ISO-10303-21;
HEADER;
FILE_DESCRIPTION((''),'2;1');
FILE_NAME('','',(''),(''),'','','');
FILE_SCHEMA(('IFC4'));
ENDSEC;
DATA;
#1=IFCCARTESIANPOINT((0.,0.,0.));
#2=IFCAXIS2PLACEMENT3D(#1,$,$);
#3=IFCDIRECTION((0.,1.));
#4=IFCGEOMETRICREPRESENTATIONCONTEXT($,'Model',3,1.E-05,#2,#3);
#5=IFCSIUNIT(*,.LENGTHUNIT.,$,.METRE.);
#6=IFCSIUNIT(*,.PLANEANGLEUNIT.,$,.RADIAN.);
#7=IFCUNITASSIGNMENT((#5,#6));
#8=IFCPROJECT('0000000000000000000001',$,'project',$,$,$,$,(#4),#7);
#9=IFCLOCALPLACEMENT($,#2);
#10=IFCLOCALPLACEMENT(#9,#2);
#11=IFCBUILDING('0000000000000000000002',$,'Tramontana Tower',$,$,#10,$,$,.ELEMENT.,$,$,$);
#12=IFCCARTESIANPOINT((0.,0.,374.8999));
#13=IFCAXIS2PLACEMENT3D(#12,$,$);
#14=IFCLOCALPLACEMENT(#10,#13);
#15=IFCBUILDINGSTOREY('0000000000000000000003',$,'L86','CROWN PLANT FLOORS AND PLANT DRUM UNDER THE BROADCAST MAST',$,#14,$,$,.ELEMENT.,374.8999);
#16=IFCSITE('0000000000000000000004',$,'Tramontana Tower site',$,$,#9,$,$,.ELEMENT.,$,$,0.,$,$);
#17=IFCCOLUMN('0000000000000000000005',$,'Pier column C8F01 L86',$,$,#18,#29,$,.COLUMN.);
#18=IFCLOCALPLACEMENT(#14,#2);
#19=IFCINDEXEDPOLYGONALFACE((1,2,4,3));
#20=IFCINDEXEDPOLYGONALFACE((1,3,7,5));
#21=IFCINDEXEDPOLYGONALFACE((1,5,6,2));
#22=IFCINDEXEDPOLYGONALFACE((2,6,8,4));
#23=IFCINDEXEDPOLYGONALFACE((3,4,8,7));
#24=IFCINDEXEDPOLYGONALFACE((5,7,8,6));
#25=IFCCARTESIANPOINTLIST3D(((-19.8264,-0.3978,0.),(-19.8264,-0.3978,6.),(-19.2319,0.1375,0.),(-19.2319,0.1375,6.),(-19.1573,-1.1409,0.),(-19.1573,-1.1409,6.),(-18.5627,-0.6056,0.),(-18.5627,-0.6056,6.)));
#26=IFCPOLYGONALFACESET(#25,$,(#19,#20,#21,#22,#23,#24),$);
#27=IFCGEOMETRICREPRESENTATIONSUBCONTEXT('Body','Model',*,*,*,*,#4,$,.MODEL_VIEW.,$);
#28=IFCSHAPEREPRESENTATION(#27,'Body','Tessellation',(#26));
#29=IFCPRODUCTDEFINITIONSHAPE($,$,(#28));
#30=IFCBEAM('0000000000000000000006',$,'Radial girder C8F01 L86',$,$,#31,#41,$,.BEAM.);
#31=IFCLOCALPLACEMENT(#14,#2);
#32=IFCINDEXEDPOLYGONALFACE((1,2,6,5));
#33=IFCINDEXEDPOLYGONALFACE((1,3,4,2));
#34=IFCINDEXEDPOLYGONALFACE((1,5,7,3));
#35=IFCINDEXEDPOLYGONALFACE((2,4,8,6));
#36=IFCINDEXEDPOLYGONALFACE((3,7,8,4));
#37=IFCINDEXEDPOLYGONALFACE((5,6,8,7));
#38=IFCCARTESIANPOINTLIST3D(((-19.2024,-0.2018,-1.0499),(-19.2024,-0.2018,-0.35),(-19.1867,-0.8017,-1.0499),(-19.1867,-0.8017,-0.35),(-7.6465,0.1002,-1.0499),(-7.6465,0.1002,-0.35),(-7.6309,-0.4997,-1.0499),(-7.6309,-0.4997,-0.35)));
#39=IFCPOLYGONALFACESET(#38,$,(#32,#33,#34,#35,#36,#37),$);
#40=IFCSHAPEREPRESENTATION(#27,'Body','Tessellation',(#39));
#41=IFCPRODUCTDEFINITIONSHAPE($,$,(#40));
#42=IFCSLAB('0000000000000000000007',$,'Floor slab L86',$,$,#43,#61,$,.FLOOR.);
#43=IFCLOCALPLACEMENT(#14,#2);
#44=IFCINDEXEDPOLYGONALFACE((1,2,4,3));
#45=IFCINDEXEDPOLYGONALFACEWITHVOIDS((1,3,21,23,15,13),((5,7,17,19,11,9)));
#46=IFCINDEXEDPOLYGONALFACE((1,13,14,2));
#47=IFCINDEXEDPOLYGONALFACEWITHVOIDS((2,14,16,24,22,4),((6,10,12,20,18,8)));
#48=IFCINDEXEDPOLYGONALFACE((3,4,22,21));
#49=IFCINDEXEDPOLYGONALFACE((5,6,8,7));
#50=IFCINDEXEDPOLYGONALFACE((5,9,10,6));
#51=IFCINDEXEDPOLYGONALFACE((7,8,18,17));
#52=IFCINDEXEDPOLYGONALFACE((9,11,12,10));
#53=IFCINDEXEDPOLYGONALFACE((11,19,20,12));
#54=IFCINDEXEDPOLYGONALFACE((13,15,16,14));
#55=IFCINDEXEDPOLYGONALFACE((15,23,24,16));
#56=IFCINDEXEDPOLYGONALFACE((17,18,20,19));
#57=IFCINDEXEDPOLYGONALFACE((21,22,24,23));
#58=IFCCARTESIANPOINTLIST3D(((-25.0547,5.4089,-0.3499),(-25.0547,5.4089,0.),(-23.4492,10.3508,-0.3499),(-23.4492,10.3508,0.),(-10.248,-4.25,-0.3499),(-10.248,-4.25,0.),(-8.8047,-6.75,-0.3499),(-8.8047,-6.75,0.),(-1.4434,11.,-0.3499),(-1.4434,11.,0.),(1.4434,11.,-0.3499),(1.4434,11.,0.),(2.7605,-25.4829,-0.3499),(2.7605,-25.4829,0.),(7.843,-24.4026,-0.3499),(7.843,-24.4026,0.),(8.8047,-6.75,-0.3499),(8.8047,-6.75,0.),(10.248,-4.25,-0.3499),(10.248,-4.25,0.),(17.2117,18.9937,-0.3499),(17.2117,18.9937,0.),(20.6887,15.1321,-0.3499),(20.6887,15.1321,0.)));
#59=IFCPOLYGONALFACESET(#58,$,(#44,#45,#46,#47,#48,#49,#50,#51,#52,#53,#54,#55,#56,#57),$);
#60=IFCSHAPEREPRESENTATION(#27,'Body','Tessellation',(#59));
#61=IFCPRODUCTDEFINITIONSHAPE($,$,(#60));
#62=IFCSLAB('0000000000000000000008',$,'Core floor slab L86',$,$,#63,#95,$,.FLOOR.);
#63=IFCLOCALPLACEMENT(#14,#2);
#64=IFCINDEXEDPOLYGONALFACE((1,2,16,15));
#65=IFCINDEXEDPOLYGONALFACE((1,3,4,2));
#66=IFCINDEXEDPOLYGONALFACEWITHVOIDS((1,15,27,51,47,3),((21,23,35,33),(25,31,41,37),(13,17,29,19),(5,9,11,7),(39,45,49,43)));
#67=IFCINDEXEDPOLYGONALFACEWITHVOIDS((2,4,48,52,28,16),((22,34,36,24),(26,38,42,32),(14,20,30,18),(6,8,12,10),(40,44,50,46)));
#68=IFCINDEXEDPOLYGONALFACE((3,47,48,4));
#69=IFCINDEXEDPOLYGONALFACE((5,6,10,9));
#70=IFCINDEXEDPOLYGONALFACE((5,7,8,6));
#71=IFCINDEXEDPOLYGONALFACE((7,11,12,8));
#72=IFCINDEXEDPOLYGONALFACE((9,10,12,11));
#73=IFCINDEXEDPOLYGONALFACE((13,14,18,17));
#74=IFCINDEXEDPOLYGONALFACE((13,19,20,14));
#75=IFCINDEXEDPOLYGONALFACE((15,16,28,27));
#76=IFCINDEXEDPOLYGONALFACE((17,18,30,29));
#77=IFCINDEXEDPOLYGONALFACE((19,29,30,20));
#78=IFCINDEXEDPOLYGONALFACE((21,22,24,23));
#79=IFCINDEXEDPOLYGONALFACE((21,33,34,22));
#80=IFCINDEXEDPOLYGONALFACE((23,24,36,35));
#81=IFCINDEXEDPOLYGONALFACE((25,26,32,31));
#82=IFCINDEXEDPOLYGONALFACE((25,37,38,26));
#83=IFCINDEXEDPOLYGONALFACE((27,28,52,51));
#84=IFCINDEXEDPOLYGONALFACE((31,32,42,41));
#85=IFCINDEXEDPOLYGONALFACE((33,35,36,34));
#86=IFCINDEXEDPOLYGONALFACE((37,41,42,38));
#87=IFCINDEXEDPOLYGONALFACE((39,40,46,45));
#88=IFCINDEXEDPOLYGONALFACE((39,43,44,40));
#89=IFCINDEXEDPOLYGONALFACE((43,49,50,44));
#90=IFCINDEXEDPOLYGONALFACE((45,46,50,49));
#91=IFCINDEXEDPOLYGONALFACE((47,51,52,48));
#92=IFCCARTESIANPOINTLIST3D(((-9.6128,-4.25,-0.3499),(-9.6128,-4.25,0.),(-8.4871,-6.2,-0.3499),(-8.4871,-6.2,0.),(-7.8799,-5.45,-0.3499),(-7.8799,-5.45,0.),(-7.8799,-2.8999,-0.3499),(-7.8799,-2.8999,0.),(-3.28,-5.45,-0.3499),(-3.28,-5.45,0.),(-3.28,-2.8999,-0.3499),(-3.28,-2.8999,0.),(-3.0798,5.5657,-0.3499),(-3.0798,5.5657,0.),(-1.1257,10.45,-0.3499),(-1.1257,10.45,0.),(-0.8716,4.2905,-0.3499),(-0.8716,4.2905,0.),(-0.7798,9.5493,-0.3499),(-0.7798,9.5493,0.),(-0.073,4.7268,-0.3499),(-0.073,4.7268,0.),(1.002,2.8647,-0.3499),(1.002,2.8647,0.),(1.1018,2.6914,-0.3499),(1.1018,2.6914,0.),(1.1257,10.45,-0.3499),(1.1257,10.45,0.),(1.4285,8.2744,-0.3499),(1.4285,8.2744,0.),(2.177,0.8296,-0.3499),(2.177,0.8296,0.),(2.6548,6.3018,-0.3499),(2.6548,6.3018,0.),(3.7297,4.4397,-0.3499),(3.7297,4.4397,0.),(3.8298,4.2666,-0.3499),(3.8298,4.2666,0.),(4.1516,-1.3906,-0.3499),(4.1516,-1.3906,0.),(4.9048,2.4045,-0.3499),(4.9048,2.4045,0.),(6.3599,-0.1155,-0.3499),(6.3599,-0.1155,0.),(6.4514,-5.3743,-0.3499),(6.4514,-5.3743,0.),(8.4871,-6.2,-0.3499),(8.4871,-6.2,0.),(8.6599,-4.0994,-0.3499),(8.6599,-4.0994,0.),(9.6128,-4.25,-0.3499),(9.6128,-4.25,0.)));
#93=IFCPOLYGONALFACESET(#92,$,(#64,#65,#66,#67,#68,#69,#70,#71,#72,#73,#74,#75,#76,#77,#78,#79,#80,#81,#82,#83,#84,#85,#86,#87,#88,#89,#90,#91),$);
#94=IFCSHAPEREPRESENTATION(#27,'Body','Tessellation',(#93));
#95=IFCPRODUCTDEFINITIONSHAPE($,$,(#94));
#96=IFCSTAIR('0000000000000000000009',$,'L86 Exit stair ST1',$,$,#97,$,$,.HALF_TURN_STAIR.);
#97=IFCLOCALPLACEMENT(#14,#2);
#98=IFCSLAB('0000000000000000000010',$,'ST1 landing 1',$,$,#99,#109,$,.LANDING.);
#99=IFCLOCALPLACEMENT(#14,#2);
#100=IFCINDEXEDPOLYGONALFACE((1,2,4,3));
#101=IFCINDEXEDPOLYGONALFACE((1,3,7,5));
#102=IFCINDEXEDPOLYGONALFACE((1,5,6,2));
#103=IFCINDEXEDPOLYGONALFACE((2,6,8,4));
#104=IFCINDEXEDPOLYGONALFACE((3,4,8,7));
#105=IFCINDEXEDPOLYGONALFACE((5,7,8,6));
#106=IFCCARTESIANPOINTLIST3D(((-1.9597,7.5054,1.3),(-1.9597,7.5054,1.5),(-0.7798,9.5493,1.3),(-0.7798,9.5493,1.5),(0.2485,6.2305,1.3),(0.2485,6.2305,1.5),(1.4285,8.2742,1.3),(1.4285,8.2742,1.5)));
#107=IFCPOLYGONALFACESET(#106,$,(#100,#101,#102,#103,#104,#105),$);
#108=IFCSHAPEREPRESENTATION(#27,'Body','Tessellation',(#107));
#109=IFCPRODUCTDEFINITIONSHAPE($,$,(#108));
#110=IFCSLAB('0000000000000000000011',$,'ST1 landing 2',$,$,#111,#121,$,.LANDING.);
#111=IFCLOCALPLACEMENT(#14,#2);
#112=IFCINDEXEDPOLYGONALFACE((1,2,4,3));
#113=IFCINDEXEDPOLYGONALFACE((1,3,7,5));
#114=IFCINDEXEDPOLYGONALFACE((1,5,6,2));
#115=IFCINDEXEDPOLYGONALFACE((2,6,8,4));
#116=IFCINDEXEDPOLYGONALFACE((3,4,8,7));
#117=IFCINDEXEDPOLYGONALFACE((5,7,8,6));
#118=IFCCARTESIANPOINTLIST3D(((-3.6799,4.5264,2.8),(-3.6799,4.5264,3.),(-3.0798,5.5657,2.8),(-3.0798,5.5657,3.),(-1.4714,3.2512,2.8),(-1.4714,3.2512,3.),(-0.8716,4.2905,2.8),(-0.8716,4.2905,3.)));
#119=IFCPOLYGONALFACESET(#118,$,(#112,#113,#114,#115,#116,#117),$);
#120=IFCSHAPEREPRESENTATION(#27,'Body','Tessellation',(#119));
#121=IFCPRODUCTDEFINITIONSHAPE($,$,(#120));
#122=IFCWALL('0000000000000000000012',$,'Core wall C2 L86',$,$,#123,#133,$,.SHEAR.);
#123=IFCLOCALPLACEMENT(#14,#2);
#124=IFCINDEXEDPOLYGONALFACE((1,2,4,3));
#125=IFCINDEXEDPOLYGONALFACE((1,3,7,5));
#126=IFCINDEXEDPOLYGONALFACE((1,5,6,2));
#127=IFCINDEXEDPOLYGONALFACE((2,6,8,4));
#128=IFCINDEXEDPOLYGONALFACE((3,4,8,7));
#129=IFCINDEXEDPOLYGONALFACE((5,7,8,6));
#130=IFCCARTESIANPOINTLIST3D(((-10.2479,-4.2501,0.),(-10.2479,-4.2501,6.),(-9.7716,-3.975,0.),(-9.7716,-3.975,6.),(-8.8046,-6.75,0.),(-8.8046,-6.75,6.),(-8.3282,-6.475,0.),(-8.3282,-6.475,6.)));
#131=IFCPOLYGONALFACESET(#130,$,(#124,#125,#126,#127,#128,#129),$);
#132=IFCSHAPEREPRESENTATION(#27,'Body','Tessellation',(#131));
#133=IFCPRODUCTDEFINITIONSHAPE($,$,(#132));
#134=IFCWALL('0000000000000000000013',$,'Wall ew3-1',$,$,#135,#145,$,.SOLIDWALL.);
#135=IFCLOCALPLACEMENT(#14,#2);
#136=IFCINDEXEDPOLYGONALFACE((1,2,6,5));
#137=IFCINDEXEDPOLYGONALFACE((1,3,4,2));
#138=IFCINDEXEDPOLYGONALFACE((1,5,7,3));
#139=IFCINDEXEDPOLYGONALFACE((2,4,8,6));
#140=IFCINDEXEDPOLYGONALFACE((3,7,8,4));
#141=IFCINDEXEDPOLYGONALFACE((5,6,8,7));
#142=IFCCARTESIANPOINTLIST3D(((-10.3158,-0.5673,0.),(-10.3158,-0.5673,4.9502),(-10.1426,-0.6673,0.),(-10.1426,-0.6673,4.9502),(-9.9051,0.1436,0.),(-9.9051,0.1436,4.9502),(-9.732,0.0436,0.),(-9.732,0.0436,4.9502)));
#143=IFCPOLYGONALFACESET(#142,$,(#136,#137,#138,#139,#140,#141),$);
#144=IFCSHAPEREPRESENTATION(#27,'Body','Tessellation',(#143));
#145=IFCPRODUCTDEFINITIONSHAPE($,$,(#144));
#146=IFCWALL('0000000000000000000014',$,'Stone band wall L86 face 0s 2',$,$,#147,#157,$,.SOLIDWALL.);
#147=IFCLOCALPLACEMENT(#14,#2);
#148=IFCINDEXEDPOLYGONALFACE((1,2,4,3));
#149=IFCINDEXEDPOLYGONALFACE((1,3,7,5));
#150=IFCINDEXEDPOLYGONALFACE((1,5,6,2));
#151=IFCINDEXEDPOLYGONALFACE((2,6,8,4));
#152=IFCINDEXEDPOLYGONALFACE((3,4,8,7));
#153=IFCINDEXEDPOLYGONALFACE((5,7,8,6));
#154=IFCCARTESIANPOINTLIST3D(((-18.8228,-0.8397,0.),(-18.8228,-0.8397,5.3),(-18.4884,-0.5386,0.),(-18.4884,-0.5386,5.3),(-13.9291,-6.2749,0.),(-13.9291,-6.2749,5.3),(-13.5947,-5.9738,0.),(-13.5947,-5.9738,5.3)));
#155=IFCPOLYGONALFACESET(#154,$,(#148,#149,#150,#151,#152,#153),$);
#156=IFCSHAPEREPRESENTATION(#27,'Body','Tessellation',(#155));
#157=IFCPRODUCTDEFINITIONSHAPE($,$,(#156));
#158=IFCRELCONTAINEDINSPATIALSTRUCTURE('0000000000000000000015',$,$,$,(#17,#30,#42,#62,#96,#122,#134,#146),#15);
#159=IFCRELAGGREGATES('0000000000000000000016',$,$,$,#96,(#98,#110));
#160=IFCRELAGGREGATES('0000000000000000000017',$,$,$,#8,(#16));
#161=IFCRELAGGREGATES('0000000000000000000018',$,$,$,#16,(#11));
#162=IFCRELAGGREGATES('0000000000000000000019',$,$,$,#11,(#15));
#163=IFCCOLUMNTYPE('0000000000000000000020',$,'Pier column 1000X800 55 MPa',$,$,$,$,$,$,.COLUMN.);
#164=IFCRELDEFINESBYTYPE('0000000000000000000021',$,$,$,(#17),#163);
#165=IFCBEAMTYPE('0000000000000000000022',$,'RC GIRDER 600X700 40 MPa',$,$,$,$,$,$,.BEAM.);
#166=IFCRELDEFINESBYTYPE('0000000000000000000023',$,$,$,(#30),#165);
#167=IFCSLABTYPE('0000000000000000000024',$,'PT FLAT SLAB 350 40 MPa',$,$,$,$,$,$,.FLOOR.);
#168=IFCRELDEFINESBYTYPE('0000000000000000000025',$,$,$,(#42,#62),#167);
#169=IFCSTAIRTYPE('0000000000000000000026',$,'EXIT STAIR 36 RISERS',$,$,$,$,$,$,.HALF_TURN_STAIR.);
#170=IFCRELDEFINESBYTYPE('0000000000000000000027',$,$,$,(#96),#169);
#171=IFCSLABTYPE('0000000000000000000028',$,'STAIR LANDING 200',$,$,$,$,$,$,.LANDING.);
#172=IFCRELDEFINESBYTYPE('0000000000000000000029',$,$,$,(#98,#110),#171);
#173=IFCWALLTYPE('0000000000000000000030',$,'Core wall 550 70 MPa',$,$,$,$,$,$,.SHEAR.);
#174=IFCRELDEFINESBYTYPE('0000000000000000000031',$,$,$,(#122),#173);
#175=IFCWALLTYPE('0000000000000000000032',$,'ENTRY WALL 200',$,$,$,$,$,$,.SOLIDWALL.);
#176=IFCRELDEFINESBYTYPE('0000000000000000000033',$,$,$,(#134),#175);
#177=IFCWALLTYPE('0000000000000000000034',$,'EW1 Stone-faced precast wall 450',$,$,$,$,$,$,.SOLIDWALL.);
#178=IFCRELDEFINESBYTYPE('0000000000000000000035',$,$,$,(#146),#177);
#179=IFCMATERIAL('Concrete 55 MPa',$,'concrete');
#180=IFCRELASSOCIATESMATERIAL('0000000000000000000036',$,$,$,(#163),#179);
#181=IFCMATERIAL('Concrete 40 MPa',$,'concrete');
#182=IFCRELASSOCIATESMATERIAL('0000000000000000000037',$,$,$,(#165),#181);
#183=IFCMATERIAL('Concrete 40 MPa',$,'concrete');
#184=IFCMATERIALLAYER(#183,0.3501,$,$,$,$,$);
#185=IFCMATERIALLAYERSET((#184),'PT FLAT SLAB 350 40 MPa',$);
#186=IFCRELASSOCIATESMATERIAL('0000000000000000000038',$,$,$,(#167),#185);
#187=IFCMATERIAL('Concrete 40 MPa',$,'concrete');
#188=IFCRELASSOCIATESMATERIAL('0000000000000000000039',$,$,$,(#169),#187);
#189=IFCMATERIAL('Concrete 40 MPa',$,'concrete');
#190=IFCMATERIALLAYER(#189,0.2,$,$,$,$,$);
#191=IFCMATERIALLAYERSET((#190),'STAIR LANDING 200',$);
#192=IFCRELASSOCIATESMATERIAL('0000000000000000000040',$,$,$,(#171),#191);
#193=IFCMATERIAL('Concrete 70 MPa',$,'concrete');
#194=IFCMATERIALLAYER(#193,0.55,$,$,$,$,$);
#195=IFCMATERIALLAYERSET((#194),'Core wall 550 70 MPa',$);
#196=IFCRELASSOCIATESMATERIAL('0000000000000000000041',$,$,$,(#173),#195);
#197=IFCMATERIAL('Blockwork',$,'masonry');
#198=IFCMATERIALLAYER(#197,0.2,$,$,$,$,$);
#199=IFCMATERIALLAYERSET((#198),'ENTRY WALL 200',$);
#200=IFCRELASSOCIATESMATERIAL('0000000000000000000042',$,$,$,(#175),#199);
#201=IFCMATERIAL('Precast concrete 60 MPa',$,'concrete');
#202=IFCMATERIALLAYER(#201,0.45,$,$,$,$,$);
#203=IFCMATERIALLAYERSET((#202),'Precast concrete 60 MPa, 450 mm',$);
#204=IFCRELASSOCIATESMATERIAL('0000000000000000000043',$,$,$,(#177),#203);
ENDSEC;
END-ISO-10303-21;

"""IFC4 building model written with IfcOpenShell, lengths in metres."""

from ifc_helpers import new_model, si_unit, direction, frame, frame_2d, origin, origin_2d, place, context, subcontext, project, spatial, polyline, rectangle, outline, extrude, material, layer, layer_set, material_profile, profile_set, type_object, element, aggregate, save


model = new_model("IFC4")

# Units and contexts
model_context = context("Model", 3, precision=1e-05, world=origin(), true_north=direction((0.0, 1.0)))
body_context = subcontext(model_context, "Body", "Model", "MODEL_VIEW")
ifc_project = project(units=[si_unit("LENGTHUNIT", "METRE"), si_unit("PLANEANGLEUNIT", "RADIAN")], contexts=[model_context])

# Site, building, storey
site_placement = place(None, origin())
site = spatial("IfcSite", under=ifc_project, at=site_placement, Name="Tramontana Tower site", CompositionType="ELEMENT", RefElevation=0.0)
building_placement = place(site_placement, origin())
building = spatial("IfcBuilding", under=site, at=building_placement, Name="Tramontana Tower", CompositionType="ELEMENT")
storey_placement = place(building_placement, frame((0.0, 0.0, 374.8999)))
storey = spatial("IfcBuildingStorey", under=building, at=storey_placement, Name="L86", Description="CROWN PLANT FLOORS AND PLANT DRUM UNDER THE BROADCAST MAST", CompositionType="ELEMENT", Elevation=374.8999)

# Column
ifc_material_1 = material(Name="Concrete 55 MPa", Category="concrete")
ifc_material_profile_1 = material_profile(ifc_material_1, rectangle(XDim=1.0, YDim=0.8, at=origin_2d()), Name="Pier column 1000X800 55 MPa")
ifc_profile_set_1 = profile_set([ifc_material_profile_1], Name="Concrete 55 MPa")
column_type = type_object("IfcColumnType", Name="Pier column 1000X800 55 MPa", PredefinedType="COLUMN", material=ifc_profile_set_1)
column_placement = place(storey_placement, frame((-19.1946, -0.5017, 0.0), z_axis=(0.0, 0.0, 1.0), x_axis=(0.669131, -0.743145, 0.0)))
element("IfcColumn", 1, at=column_placement, inside=storey, type_object=column_type, Name="Pier column C8F01 L86", PredefinedType="COLUMN", context=body_context, shape_type="SweptSolid", body=[
    extrude(rectangle(XDim=1.0, YDim=0.8, at=origin_2d()), origin(), (0.0, 0.0, 1.0), 6.0),
])

# Beam
ifc_material_2 = material(Name="Concrete 40 MPa", Category="concrete")
ifc_material_profile_2 = material_profile(ifc_material_2, rectangle(XDim=0.6001, YDim=0.7, at=origin_2d()), Name="RC GIRDER 600X700 40 MPa")
ifc_profile_set_2 = profile_set([ifc_material_profile_2], Name="Concrete 40 MPa")
beam_type = type_object("IfcBeamType", Name="RC GIRDER 600X700 40 MPa", PredefinedType="BEAM", material=ifc_profile_set_2)
beam_placement = place(storey_placement, frame((-19.1946, -0.5017, -0.7), z_axis=(0.999659, 0.026125, 0.0), x_axis=(-0.026125, 0.999659, 0.0)))
element("IfcBeam", 2, at=beam_placement, inside=storey, type_object=beam_type, Name="Radial girder C8F01 L86", PredefinedType="BEAM", context=body_context, shape_type="SweptSolid", body=[
    extrude(rectangle(XDim=0.6001, YDim=0.7, at=origin_2d()), origin(), (0.0, 0.0, 1.0), 11.5598),
])

# Slabs
ifc_material_3 = material(Name="Concrete 40 MPa", Category="concrete")
ifc_layer_1 = layer(ifc_material_3, 0.3501)
ifc_layer_set_1 = layer_set([ifc_layer_1], Name="PT FLAT SLAB 350 40 MPa")
slab_type_1 = type_object("IfcSlabType", Name="PT FLAT SLAB 350 40 MPa", PredefinedType="FLOOR", material=ifc_layer_set_1)
slab_1_placement = place(storey_placement, frame((0.0, 0.0, -0.3499)))
element("IfcSlab", 3, at=slab_1_placement, inside=storey, type_object=slab_type_1, Name="Floor slab L86", PredefinedType="FLOOR", context=body_context, shape_type="SweptSolid", body=[
    extrude(outline(polyline([(20.6887, 15.1321), (7.843, -24.4026), (2.7605, -25.4829), (-25.0547, 5.4089), (-23.4492, 10.3508), (17.2117, 18.9937), (20.6887, 15.1321)]), holes=[polyline([(-10.248, -4.25), (-8.8047, -6.75), (8.8047, -6.75), (10.248, -4.25), (1.4434, 11.0), (-1.4434, 11.0), (-10.248, -4.25)])]), origin(), (0.0, 0.0, 1.0), 0.3499),
])
slab_2_placement = place(storey_placement, frame((0.0, 0.0, -0.3499)))
element("IfcSlab", 4, at=slab_2_placement, inside=storey, type_object=slab_type_1, Name="Core floor slab L86", PredefinedType="FLOOR", context=body_context, shape_type="SweptSolid", body=[
    extrude(outline(polyline([(9.6128, -4.25), (8.4871, -6.2), (-8.4871, -6.2), (-9.6128, -4.25), (-1.1257, 10.45), (1.1257, 10.45), (9.6128, -4.25)]), holes=[polyline([(6.3599, -0.1155), (4.1516, -1.3906), (6.4514, -5.3743), (8.6599, -4.0994), (6.3599, -0.1155)]), polyline([(1.1018, 2.6914), (2.177, 0.8296), (4.9048, 2.4045), (3.8298, 4.2666), (1.1018, 2.6914)]), polyline([(2.6548, 6.3018), (-0.073, 4.7268), (1.002, 2.8647), (3.7297, 4.4397), (2.6548, 6.3018)]), polyline([(-0.7798, 9.5493), (-3.0798, 5.5657), (-0.8716, 4.2905), (1.4285, 8.2744), (-0.7798, 9.5493)]), polyline([(-3.28, -5.45), (-3.28, -2.8999), (-7.8799, -2.8999), (-7.8799, -5.45), (-3.28, -5.45)])]), origin(), (0.0, 0.0, 1.0), 0.3499),
])

# Stair, slabs
ifc_material_4 = material(Name="Concrete 40 MPa", Category="concrete")
stair_type = type_object("IfcStairType", Name="EXIT STAIR 36 RISERS", PredefinedType="HALF_TURN_STAIR", material=ifc_material_4)
stair_1_placement = place(storey_placement, origin())
stair_1 = element("IfcStair", 5, at=stair_1_placement, inside=storey, type_object=stair_type, Name="L86 Exit stair ST1", PredefinedType="HALF_TURN_STAIR")
ifc_material_5 = material(Name="Concrete 40 MPa", Category="concrete")
ifc_layer_2 = layer(ifc_material_5, 0.2)
ifc_layer_set_2 = layer_set([ifc_layer_2], Name="STAIR LANDING 200")
slab_type_2 = type_object("IfcSlabType", Name="STAIR LANDING 200", PredefinedType="LANDING", material=ifc_layer_set_2)
slab_3_placement = place(storey_placement, frame((0.0, 0.0, 1.3)))
slab_3 = element("IfcSlab", 6, at=slab_3_placement, type_object=slab_type_2, Name="ST1 landing 1", PredefinedType="LANDING", context=body_context, shape_type="SweptSolid", body=[
    extrude(outline(polyline([(0.2485, 6.2305), (1.4285, 8.2742), (-0.7798, 9.5493), (-1.9597, 7.5054), (0.2485, 6.2305)])), origin(), (0.0, 0.0, 1.0), 0.2),
])
slab_4_placement = place(storey_placement, frame((0.0, 0.0, 2.8)))
slab_4 = element("IfcSlab", 7, at=slab_4_placement, type_object=slab_type_2, Name="ST1 landing 2", PredefinedType="LANDING", context=body_context, shape_type="SweptSolid", body=[
    extrude(outline(polyline([(-1.4714, 3.2512), (-0.8716, 4.2905), (-3.0798, 5.5657), (-3.6799, 4.5264), (-1.4714, 3.2512)])), origin(), (0.0, 0.0, 1.0), 0.2),
])
aggregate(stair_1, [slab_3, slab_4])

# Walls
ifc_material_6 = material(Name="Concrete 70 MPa", Category="concrete")
ifc_layer_3 = layer(ifc_material_6, 0.55)
ifc_layer_set_3 = layer_set([ifc_layer_3], Name="Core wall 550 70 MPa")
wall_type_1 = type_object("IfcWallType", Name="Core wall 550 70 MPa", PredefinedType="SHEAR", material=ifc_layer_set_3)
wall_1_placement = place(storey_placement, frame((-10.0098, -4.1125, 0.0), z_axis=(0.0, 0.0, 1.0), x_axis=(0.499996, -0.866028, 0.0)))
element("IfcWall", 8, at=wall_1_placement, inside=storey, type_object=wall_type_1, Name="Core wall C2 L86", PredefinedType="SHEAR", context=body_context, shape_type="SweptSolid", body=[
    extrude(rectangle(XDim=2.8867, YDim=0.55, at=frame_2d((1.4434, 0.0))), origin(), (0.0, 0.0, 1.0), 6.0),
])
ifc_material_7 = material(Name="Blockwork", Category="masonry")
ifc_layer_4 = layer(ifc_material_7, 0.2)
ifc_layer_set_4 = layer_set([ifc_layer_4], Name="ENTRY WALL 200")
wall_type_2 = type_object("IfcWallType", Name="ENTRY WALL 200", PredefinedType="SOLIDWALL", material=ifc_layer_set_4)
wall_2_placement = place(storey_placement, frame((-10.2292, -0.6174, 0.0), z_axis=(0.0, 0.0, 1.0), x_axis=(0.500169, 0.865928, 0.0)))
element("IfcWall", 9, at=wall_2_placement, inside=storey, type_object=wall_type_2, Name="Wall ew3-1", PredefinedType="SOLIDWALL", context=body_context, shape_type="SweptSolid", body=[
    extrude(rectangle(XDim=0.821, YDim=0.2, at=frame_2d((0.4106, 0.0))), origin(), (0.0, 0.0, 1.0), 4.9502),
])
ifc_material_8 = material(Name="Precast concrete 60 MPa", Category="concrete")
ifc_layer_5 = layer(ifc_material_8, 0.45)
ifc_layer_set_5 = layer_set([ifc_layer_5], Name="Precast concrete 60 MPa, 450 mm")
wall_type_3 = type_object("IfcWallType", Name="EW1 Stone-faced precast wall 450", PredefinedType="SOLIDWALL", material=ifc_layer_set_5)
wall_3_placement = place(storey_placement, frame((-18.6555, -0.6892, 0.0), z_axis=(0.0, 0.0, 1.0), x_axis=(0.669118, -0.743156, 0.0)))
element("IfcWall", 10, at=wall_3_placement, inside=storey, type_object=wall_type_3, Name="Stone band wall L86 face 0s 2", PredefinedType="SOLIDWALL", context=body_context, shape_type="SweptSolid", body=[
    extrude(rectangle(XDim=7.3137, YDim=0.45, at=frame_2d((3.6567, 0.0))), origin(), (0.0, 0.0, 1.0), 5.3),
])

save(model, "model.ifc")
